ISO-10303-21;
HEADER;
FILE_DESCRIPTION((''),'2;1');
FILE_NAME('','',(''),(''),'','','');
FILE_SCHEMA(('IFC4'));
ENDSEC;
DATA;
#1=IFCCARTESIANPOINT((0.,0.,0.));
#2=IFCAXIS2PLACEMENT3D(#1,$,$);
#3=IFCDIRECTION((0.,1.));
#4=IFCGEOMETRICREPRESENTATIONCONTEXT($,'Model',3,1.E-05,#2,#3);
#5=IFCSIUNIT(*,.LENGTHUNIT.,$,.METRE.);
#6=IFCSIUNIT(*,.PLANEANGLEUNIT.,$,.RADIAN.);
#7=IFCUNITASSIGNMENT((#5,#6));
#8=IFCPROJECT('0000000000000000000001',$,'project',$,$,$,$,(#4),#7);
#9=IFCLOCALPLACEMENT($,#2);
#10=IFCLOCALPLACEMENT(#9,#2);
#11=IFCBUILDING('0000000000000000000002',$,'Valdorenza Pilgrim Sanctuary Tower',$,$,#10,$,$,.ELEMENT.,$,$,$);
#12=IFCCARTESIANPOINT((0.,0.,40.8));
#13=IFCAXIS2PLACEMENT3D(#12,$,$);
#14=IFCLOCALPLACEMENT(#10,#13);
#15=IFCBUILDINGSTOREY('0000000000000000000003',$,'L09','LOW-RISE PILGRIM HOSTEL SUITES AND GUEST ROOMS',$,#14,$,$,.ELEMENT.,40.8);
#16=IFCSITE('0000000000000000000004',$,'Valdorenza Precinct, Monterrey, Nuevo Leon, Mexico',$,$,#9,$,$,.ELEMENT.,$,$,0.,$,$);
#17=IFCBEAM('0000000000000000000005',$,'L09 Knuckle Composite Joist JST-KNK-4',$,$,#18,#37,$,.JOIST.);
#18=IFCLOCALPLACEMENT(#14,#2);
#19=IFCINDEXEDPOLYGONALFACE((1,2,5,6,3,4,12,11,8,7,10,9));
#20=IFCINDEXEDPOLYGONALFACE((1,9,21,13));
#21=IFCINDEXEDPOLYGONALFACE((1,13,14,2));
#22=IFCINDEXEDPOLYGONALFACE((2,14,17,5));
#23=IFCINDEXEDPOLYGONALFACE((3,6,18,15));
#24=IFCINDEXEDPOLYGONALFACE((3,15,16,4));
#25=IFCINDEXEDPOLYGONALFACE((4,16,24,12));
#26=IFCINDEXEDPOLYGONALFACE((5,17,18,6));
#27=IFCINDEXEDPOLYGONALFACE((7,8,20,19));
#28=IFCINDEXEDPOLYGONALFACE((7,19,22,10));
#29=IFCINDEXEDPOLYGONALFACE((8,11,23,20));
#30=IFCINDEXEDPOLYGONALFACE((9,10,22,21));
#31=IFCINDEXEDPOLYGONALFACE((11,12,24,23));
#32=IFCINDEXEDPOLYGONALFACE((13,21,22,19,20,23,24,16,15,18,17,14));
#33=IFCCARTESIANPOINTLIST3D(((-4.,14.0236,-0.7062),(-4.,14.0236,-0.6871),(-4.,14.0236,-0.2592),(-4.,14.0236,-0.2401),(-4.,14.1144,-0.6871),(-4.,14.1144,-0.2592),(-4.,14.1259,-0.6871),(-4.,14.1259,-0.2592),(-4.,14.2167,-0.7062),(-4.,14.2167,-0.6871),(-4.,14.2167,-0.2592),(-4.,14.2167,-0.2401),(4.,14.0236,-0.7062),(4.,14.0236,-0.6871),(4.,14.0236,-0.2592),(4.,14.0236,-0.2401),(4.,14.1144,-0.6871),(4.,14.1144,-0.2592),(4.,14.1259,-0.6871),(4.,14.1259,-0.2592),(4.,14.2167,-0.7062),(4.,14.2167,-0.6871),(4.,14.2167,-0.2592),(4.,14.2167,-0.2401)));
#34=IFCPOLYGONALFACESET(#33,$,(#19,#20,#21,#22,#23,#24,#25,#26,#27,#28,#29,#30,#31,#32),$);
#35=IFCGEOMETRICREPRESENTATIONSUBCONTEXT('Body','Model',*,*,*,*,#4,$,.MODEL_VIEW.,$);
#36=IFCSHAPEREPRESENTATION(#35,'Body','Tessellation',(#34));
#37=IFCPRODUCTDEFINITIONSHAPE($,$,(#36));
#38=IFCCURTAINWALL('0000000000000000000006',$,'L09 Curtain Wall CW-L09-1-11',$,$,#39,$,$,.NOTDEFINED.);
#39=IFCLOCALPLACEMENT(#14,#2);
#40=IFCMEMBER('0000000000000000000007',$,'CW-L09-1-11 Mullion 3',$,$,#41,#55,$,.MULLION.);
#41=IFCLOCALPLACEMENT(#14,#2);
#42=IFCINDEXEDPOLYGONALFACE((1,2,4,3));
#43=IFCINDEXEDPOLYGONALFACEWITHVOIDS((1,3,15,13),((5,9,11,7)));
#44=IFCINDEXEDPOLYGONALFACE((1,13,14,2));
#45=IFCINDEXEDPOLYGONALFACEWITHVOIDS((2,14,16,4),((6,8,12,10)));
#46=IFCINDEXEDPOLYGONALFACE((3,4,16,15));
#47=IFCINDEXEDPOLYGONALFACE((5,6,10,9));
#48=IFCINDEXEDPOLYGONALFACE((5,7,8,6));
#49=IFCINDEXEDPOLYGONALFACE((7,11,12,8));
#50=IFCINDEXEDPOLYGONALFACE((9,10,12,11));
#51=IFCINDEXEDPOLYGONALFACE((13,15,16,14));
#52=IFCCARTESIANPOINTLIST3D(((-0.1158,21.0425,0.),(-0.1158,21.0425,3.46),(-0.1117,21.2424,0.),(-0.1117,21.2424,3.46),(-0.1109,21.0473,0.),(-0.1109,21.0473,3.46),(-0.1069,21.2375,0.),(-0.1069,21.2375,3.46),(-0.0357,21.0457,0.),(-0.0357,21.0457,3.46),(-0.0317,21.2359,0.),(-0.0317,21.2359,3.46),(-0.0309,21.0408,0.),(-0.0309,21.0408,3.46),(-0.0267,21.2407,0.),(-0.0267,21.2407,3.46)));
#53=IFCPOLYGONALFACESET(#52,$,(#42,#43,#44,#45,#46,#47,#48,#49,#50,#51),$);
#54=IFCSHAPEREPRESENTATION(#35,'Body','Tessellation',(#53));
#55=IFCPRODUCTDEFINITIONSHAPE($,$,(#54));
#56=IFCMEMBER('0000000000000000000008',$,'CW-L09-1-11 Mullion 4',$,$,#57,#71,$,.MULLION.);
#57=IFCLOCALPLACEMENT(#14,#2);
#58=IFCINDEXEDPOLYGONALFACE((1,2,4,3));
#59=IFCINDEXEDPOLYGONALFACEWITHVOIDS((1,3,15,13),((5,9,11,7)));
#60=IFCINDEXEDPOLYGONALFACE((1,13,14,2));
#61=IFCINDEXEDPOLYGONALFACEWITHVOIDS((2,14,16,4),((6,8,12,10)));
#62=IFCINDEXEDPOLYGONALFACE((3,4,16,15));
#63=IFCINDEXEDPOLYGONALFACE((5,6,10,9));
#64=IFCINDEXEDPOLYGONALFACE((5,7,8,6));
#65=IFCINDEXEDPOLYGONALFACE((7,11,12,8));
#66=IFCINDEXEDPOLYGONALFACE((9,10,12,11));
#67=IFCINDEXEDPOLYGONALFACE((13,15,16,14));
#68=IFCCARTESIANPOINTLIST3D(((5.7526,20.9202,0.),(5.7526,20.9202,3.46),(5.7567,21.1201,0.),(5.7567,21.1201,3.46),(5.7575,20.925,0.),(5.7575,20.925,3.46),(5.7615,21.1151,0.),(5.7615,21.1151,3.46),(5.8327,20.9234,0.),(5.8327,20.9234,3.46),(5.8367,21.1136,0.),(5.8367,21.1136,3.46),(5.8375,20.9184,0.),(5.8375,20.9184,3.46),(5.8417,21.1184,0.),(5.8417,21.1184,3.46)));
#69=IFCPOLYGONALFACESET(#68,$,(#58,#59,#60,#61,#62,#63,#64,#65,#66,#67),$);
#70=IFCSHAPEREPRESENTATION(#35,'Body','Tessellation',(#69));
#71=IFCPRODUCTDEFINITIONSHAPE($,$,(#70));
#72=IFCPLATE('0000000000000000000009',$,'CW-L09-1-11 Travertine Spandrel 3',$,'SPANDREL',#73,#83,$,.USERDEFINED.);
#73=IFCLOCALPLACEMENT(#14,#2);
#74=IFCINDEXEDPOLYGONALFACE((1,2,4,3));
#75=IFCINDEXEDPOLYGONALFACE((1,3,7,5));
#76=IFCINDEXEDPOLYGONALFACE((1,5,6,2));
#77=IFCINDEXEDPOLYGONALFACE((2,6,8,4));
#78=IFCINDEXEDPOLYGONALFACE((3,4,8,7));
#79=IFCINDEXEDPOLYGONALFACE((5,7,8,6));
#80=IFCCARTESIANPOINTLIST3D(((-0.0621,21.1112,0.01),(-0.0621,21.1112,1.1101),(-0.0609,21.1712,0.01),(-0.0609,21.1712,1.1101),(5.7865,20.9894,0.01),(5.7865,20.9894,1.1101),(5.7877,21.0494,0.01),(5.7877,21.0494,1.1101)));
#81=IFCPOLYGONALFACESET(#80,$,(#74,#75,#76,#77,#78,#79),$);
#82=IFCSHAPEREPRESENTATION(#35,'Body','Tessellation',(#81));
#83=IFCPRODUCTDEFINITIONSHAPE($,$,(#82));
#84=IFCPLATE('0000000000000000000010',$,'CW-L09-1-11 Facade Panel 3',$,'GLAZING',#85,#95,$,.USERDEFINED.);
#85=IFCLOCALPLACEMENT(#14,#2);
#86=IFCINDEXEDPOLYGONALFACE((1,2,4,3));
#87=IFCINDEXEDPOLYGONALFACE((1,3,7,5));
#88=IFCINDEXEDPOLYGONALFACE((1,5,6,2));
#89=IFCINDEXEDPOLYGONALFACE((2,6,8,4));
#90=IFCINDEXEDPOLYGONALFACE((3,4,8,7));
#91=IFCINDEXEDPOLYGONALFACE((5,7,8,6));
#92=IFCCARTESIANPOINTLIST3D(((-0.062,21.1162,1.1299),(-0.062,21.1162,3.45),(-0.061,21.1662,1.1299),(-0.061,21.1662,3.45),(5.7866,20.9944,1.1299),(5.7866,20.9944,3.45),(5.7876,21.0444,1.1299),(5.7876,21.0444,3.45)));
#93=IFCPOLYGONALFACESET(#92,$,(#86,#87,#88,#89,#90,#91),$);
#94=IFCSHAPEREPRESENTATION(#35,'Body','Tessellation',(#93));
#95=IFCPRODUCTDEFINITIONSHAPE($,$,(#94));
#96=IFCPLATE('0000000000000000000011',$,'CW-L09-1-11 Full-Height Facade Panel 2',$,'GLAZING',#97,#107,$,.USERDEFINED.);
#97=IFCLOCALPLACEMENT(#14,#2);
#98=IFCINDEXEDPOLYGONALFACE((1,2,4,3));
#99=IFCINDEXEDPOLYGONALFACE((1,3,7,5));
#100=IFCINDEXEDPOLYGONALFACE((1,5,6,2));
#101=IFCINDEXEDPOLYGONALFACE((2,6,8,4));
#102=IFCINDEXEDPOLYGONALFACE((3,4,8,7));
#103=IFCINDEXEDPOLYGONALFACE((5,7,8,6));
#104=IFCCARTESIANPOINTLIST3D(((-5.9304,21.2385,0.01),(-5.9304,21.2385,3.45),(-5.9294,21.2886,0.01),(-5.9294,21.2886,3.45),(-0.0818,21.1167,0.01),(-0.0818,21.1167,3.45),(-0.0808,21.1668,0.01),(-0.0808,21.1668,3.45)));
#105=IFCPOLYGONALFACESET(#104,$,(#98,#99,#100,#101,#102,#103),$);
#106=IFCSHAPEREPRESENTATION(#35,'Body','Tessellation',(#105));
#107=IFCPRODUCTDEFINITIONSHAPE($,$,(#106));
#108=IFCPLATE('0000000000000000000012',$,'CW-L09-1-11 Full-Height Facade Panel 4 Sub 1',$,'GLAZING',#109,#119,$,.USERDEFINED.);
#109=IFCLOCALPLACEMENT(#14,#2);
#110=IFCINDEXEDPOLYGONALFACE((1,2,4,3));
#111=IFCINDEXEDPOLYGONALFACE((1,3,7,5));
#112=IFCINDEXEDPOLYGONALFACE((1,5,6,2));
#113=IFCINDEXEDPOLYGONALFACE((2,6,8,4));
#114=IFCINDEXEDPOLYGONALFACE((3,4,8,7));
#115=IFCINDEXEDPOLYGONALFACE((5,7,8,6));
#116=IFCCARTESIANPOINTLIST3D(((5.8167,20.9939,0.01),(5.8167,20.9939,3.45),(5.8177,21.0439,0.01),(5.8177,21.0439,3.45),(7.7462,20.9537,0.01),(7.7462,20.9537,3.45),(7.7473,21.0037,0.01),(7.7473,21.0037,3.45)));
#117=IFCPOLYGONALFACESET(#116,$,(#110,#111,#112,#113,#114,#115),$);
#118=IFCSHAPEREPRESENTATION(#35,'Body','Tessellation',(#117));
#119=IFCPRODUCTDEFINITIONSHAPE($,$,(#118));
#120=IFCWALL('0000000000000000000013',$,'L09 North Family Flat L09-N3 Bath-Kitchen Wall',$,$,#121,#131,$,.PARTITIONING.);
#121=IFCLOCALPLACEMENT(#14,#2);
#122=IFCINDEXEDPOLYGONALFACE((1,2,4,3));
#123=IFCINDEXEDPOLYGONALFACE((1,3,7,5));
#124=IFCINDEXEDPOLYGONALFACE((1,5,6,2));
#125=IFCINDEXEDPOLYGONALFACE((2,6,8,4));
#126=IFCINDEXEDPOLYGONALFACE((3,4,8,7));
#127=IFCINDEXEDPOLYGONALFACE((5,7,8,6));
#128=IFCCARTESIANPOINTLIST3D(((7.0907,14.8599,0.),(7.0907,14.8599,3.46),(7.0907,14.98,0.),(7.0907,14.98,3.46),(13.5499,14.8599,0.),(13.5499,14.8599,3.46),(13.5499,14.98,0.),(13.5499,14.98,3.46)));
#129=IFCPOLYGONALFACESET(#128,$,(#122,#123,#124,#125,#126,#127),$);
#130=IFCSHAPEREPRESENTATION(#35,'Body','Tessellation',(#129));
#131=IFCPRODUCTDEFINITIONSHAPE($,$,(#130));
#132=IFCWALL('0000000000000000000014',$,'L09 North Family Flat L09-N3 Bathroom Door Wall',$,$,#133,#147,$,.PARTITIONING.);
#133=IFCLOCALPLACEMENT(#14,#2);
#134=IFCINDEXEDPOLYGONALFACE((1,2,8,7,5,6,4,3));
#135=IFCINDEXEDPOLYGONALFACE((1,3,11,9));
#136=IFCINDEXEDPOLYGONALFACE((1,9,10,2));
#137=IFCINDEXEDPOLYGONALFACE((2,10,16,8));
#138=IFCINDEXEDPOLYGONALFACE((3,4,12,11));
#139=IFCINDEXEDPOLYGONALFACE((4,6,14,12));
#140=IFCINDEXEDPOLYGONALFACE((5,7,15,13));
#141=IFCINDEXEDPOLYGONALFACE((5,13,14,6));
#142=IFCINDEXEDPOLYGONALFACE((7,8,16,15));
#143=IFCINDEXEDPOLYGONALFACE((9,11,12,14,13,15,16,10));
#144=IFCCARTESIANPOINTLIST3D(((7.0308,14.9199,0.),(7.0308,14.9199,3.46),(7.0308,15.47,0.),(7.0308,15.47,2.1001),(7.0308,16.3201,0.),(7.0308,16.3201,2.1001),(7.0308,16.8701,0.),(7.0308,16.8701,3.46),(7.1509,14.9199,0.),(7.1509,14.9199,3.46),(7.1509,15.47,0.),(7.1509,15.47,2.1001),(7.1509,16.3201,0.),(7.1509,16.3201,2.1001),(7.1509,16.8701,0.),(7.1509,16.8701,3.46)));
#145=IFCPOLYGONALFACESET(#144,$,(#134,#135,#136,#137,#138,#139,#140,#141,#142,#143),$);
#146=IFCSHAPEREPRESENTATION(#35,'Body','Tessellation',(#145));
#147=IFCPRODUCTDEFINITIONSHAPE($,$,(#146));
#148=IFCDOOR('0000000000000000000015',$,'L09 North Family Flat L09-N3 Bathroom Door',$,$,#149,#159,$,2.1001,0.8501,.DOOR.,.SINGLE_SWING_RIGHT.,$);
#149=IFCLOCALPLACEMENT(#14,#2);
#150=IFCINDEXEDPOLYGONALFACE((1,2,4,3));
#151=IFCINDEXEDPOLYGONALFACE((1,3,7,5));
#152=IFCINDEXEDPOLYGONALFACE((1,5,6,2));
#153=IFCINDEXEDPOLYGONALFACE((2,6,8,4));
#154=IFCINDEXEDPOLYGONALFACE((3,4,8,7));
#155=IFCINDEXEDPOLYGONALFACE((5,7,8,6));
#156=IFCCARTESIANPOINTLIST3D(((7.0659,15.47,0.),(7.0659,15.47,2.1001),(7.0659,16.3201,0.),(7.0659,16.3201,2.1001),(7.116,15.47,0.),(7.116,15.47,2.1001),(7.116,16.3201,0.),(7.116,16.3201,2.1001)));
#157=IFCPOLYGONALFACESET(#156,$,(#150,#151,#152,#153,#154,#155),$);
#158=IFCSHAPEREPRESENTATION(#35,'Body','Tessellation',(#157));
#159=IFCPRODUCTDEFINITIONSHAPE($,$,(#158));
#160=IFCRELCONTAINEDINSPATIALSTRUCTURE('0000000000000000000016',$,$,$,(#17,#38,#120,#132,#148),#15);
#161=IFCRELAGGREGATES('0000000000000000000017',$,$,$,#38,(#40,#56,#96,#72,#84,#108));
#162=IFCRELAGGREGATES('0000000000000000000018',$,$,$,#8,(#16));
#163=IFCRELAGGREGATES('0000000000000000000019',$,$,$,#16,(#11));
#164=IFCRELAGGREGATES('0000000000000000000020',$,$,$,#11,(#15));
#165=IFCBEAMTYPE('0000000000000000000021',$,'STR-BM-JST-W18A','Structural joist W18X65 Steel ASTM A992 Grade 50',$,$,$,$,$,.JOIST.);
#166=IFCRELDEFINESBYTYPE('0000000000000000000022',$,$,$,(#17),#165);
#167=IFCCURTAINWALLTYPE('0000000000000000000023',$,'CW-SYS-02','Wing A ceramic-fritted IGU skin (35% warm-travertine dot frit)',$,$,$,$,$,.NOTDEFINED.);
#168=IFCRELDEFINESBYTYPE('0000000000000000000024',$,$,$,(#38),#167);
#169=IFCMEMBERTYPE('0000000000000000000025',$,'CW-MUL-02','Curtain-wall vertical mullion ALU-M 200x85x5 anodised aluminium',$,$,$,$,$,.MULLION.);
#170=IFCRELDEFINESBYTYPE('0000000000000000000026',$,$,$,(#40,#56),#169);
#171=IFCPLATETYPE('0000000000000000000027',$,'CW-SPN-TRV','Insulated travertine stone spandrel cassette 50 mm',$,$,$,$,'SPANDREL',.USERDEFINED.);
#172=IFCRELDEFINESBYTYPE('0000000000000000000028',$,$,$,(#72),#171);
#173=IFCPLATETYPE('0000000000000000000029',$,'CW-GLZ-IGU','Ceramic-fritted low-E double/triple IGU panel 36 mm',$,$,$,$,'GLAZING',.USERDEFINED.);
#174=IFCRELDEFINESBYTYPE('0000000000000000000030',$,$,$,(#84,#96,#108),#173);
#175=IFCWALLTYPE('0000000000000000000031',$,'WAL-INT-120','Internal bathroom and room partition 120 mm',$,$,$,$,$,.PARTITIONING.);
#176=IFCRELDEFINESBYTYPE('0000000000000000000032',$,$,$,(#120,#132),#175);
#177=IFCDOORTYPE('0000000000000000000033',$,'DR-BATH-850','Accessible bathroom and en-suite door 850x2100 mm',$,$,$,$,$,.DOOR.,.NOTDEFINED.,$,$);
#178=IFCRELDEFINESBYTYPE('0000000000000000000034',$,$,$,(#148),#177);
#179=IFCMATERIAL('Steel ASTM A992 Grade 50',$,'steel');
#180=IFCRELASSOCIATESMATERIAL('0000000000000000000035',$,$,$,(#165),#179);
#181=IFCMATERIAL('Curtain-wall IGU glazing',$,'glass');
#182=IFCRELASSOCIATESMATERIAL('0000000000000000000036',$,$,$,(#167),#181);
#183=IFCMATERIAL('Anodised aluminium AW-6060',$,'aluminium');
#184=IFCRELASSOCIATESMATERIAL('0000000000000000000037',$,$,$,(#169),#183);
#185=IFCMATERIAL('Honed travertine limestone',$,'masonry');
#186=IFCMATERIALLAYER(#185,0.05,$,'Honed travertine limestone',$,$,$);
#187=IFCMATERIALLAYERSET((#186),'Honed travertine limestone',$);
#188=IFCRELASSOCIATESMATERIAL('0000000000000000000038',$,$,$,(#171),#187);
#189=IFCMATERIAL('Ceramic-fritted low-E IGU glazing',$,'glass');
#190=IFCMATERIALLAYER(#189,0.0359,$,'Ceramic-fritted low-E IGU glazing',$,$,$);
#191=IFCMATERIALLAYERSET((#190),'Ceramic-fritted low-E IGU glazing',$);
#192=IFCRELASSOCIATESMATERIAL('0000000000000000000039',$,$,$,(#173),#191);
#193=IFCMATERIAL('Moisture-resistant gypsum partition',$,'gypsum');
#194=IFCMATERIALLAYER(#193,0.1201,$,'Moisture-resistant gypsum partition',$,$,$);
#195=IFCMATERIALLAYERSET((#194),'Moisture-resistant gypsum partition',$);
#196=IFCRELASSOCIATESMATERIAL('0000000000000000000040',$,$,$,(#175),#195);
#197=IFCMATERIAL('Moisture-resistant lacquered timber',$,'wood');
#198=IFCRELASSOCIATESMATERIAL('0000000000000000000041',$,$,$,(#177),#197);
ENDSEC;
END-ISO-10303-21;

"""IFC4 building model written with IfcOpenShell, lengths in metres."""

from ifc_helpers import new_model, si_unit, direction, frame, frame_2d, origin, origin_2d, place, context, subcontext, project, spatial, rectangle, hollow_rectangle, i_section, extrude, source, transform, mapped, material, layer, layer_set, material_profile, profile_set, type_object, element, fill, aggregate, save


model = new_model("IFC4")

# Units and contexts
model_context = context("Model", 3, precision=1e-05, world=origin(), true_north=direction((0.0, 1.0)))
body_context = subcontext(model_context, "Body", "Model", "MODEL_VIEW")
ifc_project = project(units=[si_unit("LENGTHUNIT", "METRE"), si_unit("PLANEANGLEUNIT", "RADIAN")], contexts=[model_context])

# Site, building, storey
site_placement = place(None, origin())
site = spatial("IfcSite", under=ifc_project, at=site_placement, Name="Valdorenza Precinct, Monterrey, Nuevo Leon, Mexico", CompositionType="ELEMENT", RefElevation=0.0)
building_placement = place(site_placement, origin())
building = spatial("IfcBuilding", under=site, at=building_placement, Name="Valdorenza Pilgrim Sanctuary Tower", CompositionType="ELEMENT")
storey_placement = place(building_placement, frame((0.0, 0.0, 40.8)))
storey = spatial("IfcBuildingStorey", under=building, at=storey_placement, Name="L09", Description="LOW-RISE PILGRIM HOSTEL SUITES AND GUEST ROOMS", CompositionType="ELEMENT", Elevation=40.8)

# Shared definitions
ifc_material_1 = material(Name="Steel ASTM A992 Grade 50", Category="steel")

# Beam
ifc_material_profile_1 = material_profile(ifc_material_1, i_section(OverallWidth=0.1931, OverallDepth=0.4661, WebThickness=0.0115, FlangeThickness=0.019, at=origin_2d()), Name="W18X65")
ifc_profile_set_1 = profile_set([ifc_material_profile_1], Name="Steel ASTM A992 Grade 50")
beam_type_1 = type_object("IfcBeamType", Name="STR-BM-JST-W18A", Description="Structural joist W18X65 Steel ASTM A992 Grade 50", PredefinedType="JOIST", material=ifc_profile_set_1)
shared_shape_1 = source(origin(), body_context, "Body", "SweptSolid", [
    extrude(i_section(OverallWidth=0.1931, OverallDepth=0.4661, WebThickness=0.0115, FlangeThickness=0.019, at=origin_2d()), origin(), (0.0, 0.0, 1.0), 8.0),
])
beam_1_placement = place(storey_placement, frame((-4.0, 14.1201, -0.4731), z_axis=(1.0, 0.0, 0.0), x_axis=(0.0, 1.0, 0.0)))
element("IfcBeam", 1, at=beam_1_placement, inside=storey, type_object=beam_type_1, Name="L09 Knuckle Composite Joist JST-KNK-4", PredefinedType="JOIST", context=body_context, shape_type="MappedRepresentation", body=[
    mapped(shared_shape_1, transform((0.0, 0.0, 0.0), x_axis=(1.0, 0.0, 0.0), y_axis=(0.0, 1.0, 0.0), z_axis=(0.0, 0.0, 1.0), scale=1.0)),
])

# Curtain wall, members, plates
ifc_material_2 = material(Name="Curtain-wall IGU glazing", Category="glass")
curtain_wall_type = type_object("IfcCurtainWallType", Name="CW-SYS-02", Description="Wing A ceramic-fritted IGU skin (35% warm-travertine dot frit)", PredefinedType="NOTDEFINED", material=ifc_material_2)
curtain_wall_placement = place(storey_placement, origin())
curtain_wall = element("IfcCurtainWall", 2, at=curtain_wall_placement, inside=storey, type_object=curtain_wall_type, Name="L09 Curtain Wall CW-L09-1-11", PredefinedType="NOTDEFINED")
ifc_material_3 = material(Name="Anodised aluminium AW-6060", Category="aluminium")
ifc_material_profile_2 = material_profile(ifc_material_3, hollow_rectangle(XDim=0.085, YDim=0.2, WallThickness=0.0049, at=origin_2d()), Name="ALU-M 200x85x5")
ifc_profile_set_2 = profile_set([ifc_material_profile_2], Name="Anodised aluminium AW-6060")
member_type = type_object("IfcMemberType", Name="CW-MUL-02", Description="Curtain-wall vertical mullion ALU-M 200x85x5 anodised aluminium", PredefinedType="MULLION", material=ifc_profile_set_2)
shared_shape_2 = source(origin(), body_context, "Body", "SweptSolid", [
    extrude(hollow_rectangle(XDim=0.085, YDim=0.2, WallThickness=0.0049, at=origin_2d()), origin(), (0.0, 0.0, 1.0), 3.46),
])
member_1_placement = place(storey_placement, frame((-0.0713, 21.1416, 0.0), z_axis=(0.0, 0.0, 1.0), x_axis=(0.999783, -0.02082, 0.0)))
member_1 = element("IfcMember", 3, at=member_1_placement, type_object=member_type, Name="CW-L09-1-11 Mullion 3", PredefinedType="MULLION", context=body_context, shape_type="MappedRepresentation", body=[
    mapped(shared_shape_2, transform((0.0, 0.0, 0.0), x_axis=(1.0, 0.0, 0.0), y_axis=(0.0, 1.0, 0.0), z_axis=(0.0, 0.0, 1.0), scale=1.0)),
])
member_2_placement = place(storey_placement, frame((5.7971, 21.0193, 0.0), z_axis=(0.0, 0.0, 1.0), x_axis=(0.999783, -0.02082, 0.0)))
member_2 = element("IfcMember", 4, at=member_2_placement, type_object=member_type, Name="CW-L09-1-11 Mullion 4", PredefinedType="MULLION", context=body_context, shape_type="MappedRepresentation", body=[
    mapped(shared_shape_2, transform((0.0, 0.0, 0.0), x_axis=(1.0, 0.0, 0.0), y_axis=(0.0, 1.0, 0.0), z_axis=(0.0, 0.0, 1.0), scale=1.0)),
])
ifc_material_4 = material(Name="Honed travertine limestone", Category="masonry")
ifc_layer_1 = layer(ifc_material_4, 0.05, Name="Honed travertine limestone")
ifc_layer_set_1 = layer_set([ifc_layer_1], Name="Honed travertine limestone")
plate_type_1 = type_object("IfcPlateType", Name="CW-SPN-TRV", Description="Insulated travertine stone spandrel cassette 50 mm", ElementType="SPANDREL", PredefinedType="USERDEFINED", material=ifc_layer_set_1)
shared_shape_3 = source(origin(), body_context, "Body", "SweptSolid", [
    extrude(rectangle(XDim=5.8499, YDim=0.0601, at=origin_2d()), origin(), (0.0, 0.0, 1.0), 1.1001),
])
plate_1_placement = place(storey_placement, frame((2.8628, 21.0803, 0.01), z_axis=(0.0, 0.0, 1.0), x_axis=(0.999783, -0.02082, 0.0)))
plate_1 = element("IfcPlate", 5, at=plate_1_placement, type_object=plate_type_1, Name="CW-L09-1-11 Travertine Spandrel 3", ObjectType="SPANDREL", PredefinedType="USERDEFINED", context=body_context, shape_type="MappedRepresentation", body=[
    mapped(shared_shape_3, transform((0.0, 0.0, 0.0), x_axis=(1.0, 0.0, 0.0), y_axis=(0.0, 1.0, 0.0), z_axis=(0.0, 0.0, 1.0), scale=1.0)),
])
ifc_material_5 = material(Name="Ceramic-fritted low-E IGU glazing", Category="glass")
ifc_layer_2 = layer(ifc_material_5, 0.0359, Name="Ceramic-fritted low-E IGU glazing")
ifc_layer_set_2 = layer_set([ifc_layer_2], Name="Ceramic-fritted low-E IGU glazing")
plate_type_2 = type_object("IfcPlateType", Name="CW-GLZ-IGU", Description="Ceramic-fritted low-E double/triple IGU panel 36 mm", ElementType="GLAZING", PredefinedType="USERDEFINED", material=ifc_layer_set_2)
shared_shape_4 = source(origin(), body_context, "Body", "SweptSolid", [
    extrude(rectangle(XDim=5.8499, YDim=0.05, at=origin_2d()), origin(), (0.0, 0.0, 1.0), 2.3201),
])
plate_2_placement = place(storey_placement, frame((2.8628, 21.0803, 1.1299), z_axis=(0.0, 0.0, 1.0), x_axis=(0.999783, -0.02082, 0.0)))
plate_2 = element("IfcPlate", 6, at=plate_2_placement, type_object=plate_type_2, Name="CW-L09-1-11 Facade Panel 3", ObjectType="GLAZING", PredefinedType="USERDEFINED", context=body_context, shape_type="MappedRepresentation", body=[
    mapped(shared_shape_4, transform((0.0, 0.0, 0.0), x_axis=(1.0, 0.0, 0.0), y_axis=(0.0, 1.0, 0.0), z_axis=(0.0, 0.0, 1.0), scale=1.0)),
])
shared_shape_5 = source(origin(), body_context, "Body", "SweptSolid", [
    extrude(rectangle(XDim=5.8499, YDim=0.05, at=origin_2d()), origin(), (0.0, 0.0, 1.0), 3.4399),
])
plate_3_placement = place(storey_placement, frame((-3.0056, 21.2026, 0.01), z_axis=(0.0, 0.0, 1.0), x_axis=(0.999783, -0.02082, 0.0)))
plate_3 = element("IfcPlate", 7, at=plate_3_placement, type_object=plate_type_2, Name="CW-L09-1-11 Full-Height Facade Panel 2", ObjectType="GLAZING", PredefinedType="USERDEFINED", context=body_context, shape_type="MappedRepresentation", body=[
    mapped(shared_shape_5, transform((0.0, 0.0, 0.0), x_axis=(1.0, 0.0, 0.0), y_axis=(0.0, 1.0, 0.0), z_axis=(0.0, 0.0, 1.0), scale=1.0)),
])
shared_shape_6 = source(origin(), body_context, "Body", "SweptSolid", [
    extrude(rectangle(XDim=1.9299, YDim=0.05, at=origin_2d()), origin(), (0.0, 0.0, 1.0), 3.4399),
])
plate_4_placement = place(storey_placement, frame((6.782, 20.9988, 0.01), z_axis=(0.0, 0.0, 1.0), x_axis=(0.999783, -0.02082, 0.0)))
plate_4 = element("IfcPlate", 8, at=plate_4_placement, type_object=plate_type_2, Name="CW-L09-1-11 Full-Height Facade Panel 4 Sub 1", ObjectType="GLAZING", PredefinedType="USERDEFINED", context=body_context, shape_type="MappedRepresentation", body=[
    mapped(shared_shape_6, transform((0.0, 0.0, 0.0), x_axis=(1.0, 0.0, 0.0), y_axis=(0.0, 1.0, 0.0), z_axis=(0.0, 0.0, 1.0), scale=1.0)),
])
aggregate(curtain_wall, [member_1, member_2, plate_3, plate_1, plate_2, plate_4])

# Wall
ifc_material_6 = material(Name="Moisture-resistant gypsum partition", Category="gypsum")
ifc_layer_3 = layer(ifc_material_6, 0.1201, Name="Moisture-resistant gypsum partition")
ifc_layer_set_3 = layer_set([ifc_layer_3], Name="Moisture-resistant gypsum partition")
wall_type = type_object("IfcWallType", Name="WAL-INT-120", Description="Internal bathroom and room partition 120 mm", PredefinedType="PARTITIONING", material=ifc_layer_set_3)
wall_1_placement = place(storey_placement, frame((7.0908, 14.9199, 0.0), z_axis=(0.0, 0.0, 1.0), x_axis=(1.0, 0.0, 0.0)))
element("IfcWall", 9, at=wall_1_placement, inside=storey, type_object=wall_type, Name="L09 North Family Flat L09-N3 Bath-Kitchen Wall", PredefinedType="PARTITIONING", context=body_context, shape_type="SweptSolid", body=[
    extrude(rectangle(XDim=6.4592, YDim=0.1201, at=frame_2d((3.2295, 0.0))), origin(), (0.0, 0.0, 1.0), 3.46),
])

# Wall, opening, door
wall_2_placement = place(storey_placement, frame((7.0908, 14.9199, 0.0), z_axis=(0.0, 0.0, 1.0), x_axis=(0.0, 1.0, 0.0)))
wall_2 = element("IfcWall", 10, at=wall_2_placement, inside=storey, type_object=wall_type, Name="L09 North Family Flat L09-N3 Bathroom Door Wall", PredefinedType="PARTITIONING", context=body_context, shape_type="SweptSolid", body=[
    extrude(rectangle(XDim=1.9502, YDim=0.1201, at=frame_2d((0.9751, 0.0))), origin(), (0.0, 0.0, 1.0), 3.46),
])
opening_placement = place(wall_2_placement, frame((0.55, 0.0, 0.0)))
opening = element("IfcOpeningElement", 11, at=opening_placement, cuts=wall_2, PredefinedType="OPENING", context=body_context, shape_type="SweptSolid", body=[
    extrude(rectangle(XDim=0.8501, YDim=2.1001, at=frame_2d((0.425, 1.05))), frame((0.0, 0.075, 0.0), z_axis=(0.0, -1.0, 0.0), x_axis=(1.0, 0.0, 0.0)), (0.0, 0.0, 1.0), 0.1499),
])
ifc_material_7 = material(Name="Moisture-resistant lacquered timber", Category="wood")
door_type = type_object("IfcDoorType", Name="DR-BATH-850", Description="Accessible bathroom and en-suite door 850x2100 mm", OperationType="NOTDEFINED", PredefinedType="DOOR", material=ifc_material_7)
door_placement = place(opening_placement, origin())
door = element("IfcDoor", 12, at=door_placement, inside=storey, type_object=door_type, Name="L09 North Family Flat L09-N3 Bathroom Door", OperationType="SINGLE_SWING_RIGHT", OverallHeight=2.1001, OverallWidth=0.8501, PredefinedType="DOOR", context=body_context, shape_type="SweptSolid", body=[
    extrude(rectangle(XDim=0.8501, YDim=2.1001, at=frame_2d((0.425, 1.05))), frame((0.0, 0.0249, 0.0), z_axis=(0.0, -1.0, 0.0), x_axis=(1.0, 0.0, 0.0)), (0.0, 0.0, 1.0), 0.05),
])
fill(opening, door)

save(model, "model.ifc")
